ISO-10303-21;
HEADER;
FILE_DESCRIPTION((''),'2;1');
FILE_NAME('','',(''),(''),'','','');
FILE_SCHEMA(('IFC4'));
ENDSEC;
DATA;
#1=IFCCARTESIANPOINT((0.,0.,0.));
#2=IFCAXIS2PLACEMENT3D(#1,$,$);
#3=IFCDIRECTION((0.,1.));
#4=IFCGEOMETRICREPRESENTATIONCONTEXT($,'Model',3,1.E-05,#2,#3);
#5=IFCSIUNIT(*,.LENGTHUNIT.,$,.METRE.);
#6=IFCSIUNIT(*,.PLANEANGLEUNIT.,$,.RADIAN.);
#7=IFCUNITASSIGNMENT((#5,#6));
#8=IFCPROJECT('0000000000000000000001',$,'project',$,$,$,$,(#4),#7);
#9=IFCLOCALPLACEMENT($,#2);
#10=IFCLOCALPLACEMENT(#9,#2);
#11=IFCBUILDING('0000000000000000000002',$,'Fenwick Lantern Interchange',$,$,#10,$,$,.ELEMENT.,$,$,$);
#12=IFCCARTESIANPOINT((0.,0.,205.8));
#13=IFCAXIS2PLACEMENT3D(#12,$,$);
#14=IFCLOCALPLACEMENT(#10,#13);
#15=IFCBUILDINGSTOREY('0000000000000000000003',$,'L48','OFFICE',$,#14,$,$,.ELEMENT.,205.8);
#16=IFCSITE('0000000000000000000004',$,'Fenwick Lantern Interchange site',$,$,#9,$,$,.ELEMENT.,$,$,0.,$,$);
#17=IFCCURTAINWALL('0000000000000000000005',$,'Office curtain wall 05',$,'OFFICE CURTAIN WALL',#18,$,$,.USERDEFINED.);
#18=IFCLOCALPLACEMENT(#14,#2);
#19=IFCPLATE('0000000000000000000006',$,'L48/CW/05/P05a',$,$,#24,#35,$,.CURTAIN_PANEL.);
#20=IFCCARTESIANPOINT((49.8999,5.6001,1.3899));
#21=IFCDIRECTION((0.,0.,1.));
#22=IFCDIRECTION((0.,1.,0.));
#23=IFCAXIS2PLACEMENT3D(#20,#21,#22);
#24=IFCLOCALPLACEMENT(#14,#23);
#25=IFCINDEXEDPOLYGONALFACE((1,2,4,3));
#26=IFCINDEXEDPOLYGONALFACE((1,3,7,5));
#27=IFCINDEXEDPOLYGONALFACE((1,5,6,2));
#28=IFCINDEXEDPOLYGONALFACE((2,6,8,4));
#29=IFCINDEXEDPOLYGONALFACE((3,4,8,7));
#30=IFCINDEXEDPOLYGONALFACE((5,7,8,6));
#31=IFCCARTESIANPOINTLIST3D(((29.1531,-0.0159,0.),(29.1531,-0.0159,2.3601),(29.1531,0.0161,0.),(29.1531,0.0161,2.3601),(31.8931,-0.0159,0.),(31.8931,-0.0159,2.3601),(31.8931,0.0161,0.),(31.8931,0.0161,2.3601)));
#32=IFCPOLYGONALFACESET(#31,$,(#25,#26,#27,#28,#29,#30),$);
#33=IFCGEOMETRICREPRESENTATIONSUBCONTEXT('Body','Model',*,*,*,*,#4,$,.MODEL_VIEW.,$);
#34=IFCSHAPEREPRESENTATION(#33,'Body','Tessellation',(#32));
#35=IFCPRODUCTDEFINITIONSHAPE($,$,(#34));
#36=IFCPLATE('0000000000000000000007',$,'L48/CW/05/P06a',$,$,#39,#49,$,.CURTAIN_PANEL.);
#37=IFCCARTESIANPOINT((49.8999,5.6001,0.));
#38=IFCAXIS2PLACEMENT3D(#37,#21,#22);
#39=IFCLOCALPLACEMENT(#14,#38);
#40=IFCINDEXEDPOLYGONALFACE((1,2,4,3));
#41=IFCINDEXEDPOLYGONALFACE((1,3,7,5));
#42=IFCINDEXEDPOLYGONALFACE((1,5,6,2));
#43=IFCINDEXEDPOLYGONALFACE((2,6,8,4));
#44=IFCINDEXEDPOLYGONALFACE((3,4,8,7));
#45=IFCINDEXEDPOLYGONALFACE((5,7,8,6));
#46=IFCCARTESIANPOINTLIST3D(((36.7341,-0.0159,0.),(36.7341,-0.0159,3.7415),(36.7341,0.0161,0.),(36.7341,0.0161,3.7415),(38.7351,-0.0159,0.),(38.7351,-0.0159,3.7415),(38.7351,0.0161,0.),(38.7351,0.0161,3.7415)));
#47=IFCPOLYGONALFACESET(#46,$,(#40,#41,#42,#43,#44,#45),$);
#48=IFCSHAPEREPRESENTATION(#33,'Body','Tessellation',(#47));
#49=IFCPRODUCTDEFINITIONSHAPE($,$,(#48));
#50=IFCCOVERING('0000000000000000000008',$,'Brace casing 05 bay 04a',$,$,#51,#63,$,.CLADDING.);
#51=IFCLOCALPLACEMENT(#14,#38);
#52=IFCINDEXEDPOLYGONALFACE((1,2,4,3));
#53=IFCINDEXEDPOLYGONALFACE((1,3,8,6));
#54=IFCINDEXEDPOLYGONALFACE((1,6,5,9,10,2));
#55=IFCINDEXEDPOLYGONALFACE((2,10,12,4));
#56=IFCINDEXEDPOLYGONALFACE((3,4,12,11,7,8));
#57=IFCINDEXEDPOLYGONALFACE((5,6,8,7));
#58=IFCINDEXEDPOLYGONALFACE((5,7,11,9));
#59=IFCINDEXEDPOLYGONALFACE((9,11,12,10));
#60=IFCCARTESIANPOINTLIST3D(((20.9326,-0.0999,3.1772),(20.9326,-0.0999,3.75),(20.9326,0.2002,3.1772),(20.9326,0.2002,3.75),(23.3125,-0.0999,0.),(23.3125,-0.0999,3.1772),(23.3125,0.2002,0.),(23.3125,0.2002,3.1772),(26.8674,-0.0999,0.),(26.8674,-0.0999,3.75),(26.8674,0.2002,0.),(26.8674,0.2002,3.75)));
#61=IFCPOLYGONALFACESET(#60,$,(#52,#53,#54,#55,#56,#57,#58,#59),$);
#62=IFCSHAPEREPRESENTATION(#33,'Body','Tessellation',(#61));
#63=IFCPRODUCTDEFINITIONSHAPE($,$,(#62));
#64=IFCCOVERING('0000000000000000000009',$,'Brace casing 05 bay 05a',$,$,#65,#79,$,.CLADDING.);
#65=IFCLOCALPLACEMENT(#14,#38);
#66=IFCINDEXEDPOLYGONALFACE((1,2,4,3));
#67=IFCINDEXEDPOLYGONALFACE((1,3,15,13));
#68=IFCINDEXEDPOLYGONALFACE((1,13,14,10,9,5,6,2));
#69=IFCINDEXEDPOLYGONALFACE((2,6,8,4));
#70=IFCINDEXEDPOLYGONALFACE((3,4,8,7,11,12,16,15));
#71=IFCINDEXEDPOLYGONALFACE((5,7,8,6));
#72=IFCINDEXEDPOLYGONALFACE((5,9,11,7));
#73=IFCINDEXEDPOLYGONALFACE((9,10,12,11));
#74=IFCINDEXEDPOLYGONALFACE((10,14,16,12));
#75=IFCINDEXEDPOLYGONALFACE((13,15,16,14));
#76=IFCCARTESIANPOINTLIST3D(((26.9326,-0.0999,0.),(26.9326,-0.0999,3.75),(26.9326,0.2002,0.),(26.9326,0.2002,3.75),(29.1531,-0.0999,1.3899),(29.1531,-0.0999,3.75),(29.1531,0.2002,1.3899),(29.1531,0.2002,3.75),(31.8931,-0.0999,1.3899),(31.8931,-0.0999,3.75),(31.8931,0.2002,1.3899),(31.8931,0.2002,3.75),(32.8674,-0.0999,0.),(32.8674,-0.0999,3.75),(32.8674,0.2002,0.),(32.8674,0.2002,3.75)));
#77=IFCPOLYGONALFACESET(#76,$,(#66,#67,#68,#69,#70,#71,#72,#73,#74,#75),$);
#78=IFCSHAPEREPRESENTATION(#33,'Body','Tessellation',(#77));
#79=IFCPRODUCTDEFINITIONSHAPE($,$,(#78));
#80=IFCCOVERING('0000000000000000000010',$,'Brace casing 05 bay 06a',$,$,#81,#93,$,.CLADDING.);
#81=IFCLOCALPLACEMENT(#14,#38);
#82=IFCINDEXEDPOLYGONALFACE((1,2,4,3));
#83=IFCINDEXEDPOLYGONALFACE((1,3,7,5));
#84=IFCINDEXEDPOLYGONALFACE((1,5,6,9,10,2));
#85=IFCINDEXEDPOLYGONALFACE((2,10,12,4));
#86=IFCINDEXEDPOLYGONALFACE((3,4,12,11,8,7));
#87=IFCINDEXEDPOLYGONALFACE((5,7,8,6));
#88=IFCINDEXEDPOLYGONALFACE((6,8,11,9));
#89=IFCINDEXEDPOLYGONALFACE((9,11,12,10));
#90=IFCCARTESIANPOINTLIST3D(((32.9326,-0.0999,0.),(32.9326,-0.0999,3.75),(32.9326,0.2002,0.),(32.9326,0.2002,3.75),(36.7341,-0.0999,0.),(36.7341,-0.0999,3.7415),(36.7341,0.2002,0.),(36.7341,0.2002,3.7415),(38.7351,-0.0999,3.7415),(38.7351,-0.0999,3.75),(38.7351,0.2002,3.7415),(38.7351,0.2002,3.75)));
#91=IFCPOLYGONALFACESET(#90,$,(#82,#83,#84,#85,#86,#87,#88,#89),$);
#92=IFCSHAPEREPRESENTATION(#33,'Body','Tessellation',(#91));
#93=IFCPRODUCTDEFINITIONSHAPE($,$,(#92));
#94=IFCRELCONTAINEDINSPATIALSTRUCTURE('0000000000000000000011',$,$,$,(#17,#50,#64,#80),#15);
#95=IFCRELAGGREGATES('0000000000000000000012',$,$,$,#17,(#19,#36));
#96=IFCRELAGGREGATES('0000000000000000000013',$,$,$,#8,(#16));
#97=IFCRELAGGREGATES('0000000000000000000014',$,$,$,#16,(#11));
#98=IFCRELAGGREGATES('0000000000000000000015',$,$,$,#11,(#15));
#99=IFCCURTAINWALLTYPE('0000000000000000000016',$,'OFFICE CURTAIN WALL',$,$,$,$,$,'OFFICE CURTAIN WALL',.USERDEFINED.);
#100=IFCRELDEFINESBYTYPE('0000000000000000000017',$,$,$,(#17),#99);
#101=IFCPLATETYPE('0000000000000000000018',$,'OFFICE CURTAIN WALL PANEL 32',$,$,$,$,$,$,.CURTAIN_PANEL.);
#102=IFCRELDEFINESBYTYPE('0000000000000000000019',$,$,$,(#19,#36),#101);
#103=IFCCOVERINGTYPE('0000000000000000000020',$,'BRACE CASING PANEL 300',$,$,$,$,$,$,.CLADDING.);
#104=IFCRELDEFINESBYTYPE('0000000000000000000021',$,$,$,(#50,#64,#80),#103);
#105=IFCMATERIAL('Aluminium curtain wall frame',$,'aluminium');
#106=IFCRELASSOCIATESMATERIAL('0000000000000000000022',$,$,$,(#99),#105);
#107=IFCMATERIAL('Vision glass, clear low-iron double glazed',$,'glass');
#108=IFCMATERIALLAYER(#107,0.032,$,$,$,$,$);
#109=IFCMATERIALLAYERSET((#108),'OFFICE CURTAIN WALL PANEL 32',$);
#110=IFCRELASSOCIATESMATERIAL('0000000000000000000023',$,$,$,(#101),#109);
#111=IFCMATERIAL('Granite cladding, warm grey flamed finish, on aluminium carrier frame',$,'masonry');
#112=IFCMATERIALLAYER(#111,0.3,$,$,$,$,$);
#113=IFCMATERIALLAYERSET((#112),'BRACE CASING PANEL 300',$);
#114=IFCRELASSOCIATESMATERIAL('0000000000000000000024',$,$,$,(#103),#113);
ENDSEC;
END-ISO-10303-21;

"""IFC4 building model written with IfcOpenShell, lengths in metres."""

from ifc_helpers import new_model, si_unit, direction, frame, origin, place, context, subcontext, project, spatial, polyline, outline, extrude, material, layer, layer_set, type_object, element, aggregate, save


model = new_model("IFC4")

# Units and contexts
model_context = context("Model", 3, precision=1e-05, world=origin(), true_north=direction((0.0, 1.0)))
body_context = subcontext(model_context, "Body", "Model", "MODEL_VIEW")
ifc_project = project(units=[si_unit("LENGTHUNIT", "METRE"), si_unit("PLANEANGLEUNIT", "RADIAN")], contexts=[model_context])

# Site, building, storey
site_placement = place(None, origin())
site = spatial("IfcSite", under=ifc_project, at=site_placement, Name="Fenwick Lantern Interchange site", CompositionType="ELEMENT", RefElevation=0.0)
building_placement = place(site_placement, origin())
building = spatial("IfcBuilding", under=site, at=building_placement, Name="Fenwick Lantern Interchange", CompositionType="ELEMENT")
storey_placement = place(building_placement, frame((0.0, 0.0, 205.8)))
storey = spatial("IfcBuildingStorey", under=building, at=storey_placement, Name="L48", Description="OFFICE", CompositionType="ELEMENT", Elevation=205.8)

# Curtain wall, plates
ifc_material_1 = material(Name="Aluminium curtain wall frame", Category="aluminium")
curtain_wall_type = type_object("IfcCurtainWallType", Name="OFFICE CURTAIN WALL", ElementType="OFFICE CURTAIN WALL", PredefinedType="USERDEFINED", material=ifc_material_1)
curtain_wall_placement = place(storey_placement, origin())
curtain_wall = element("IfcCurtainWall", 1, at=curtain_wall_placement, inside=storey, type_object=curtain_wall_type, Name="Office curtain wall 05", ObjectType="OFFICE CURTAIN WALL", PredefinedType="USERDEFINED")
ifc_material_2 = material(Name="Vision glass, clear low-iron double glazed", Category="glass")
ifc_layer_1 = layer(ifc_material_2, 0.032)
ifc_layer_set_1 = layer_set([ifc_layer_1], Name="OFFICE CURTAIN WALL PANEL 32")
plate_type = type_object("IfcPlateType", Name="OFFICE CURTAIN WALL PANEL 32", PredefinedType="CURTAIN_PANEL", material=ifc_layer_set_1)
plate_1_placement = place(storey_placement, frame((49.8999, 5.6001, 1.3899), z_axis=(0.0, 0.0, 1.0), x_axis=(0.0, 1.0, 0.0)))
plate_1 = element("IfcPlate", 2, at=plate_1_placement, type_object=plate_type, Name="L48/CW/05/P05a", PredefinedType="CURTAIN_PANEL", context=body_context, shape_type="SweptSolid", body=[
    extrude(outline(polyline([(29.1531, 0.0), (31.8931, 0.0), (31.8931, 2.3601), (29.1531, 2.3601), (29.1531, 0.0)])), frame((0.0, 0.0161, 0.0), z_axis=(0.0, -1.0, 0.0), x_axis=(1.0, 0.0, 0.0)), (0.0, 0.0, 1.0), 0.032),
])
plate_2_placement = place(storey_placement, frame((49.8999, 5.6001, 0.0), z_axis=(0.0, 0.0, 1.0), x_axis=(0.0, 1.0, 0.0)))
plate_2 = element("IfcPlate", 3, at=plate_2_placement, type_object=plate_type, Name="L48/CW/05/P06a", PredefinedType="CURTAIN_PANEL", context=body_context, shape_type="SweptSolid", body=[
    extrude(outline(polyline([(36.7341, 0.0), (38.7351, 0.0), (38.7351, 3.7415), (36.7341, 3.7415), (36.7341, 0.0)])), frame((0.0, 0.0161, 0.0), z_axis=(0.0, -1.0, 0.0), x_axis=(1.0, 0.0, 0.0)), (0.0, 0.0, 1.0), 0.032),
])
aggregate(curtain_wall, [plate_1, plate_2])

# Coverings
ifc_material_3 = material(Name="Granite cladding, warm grey flamed finish, on aluminium carrier frame", Category="masonry")
ifc_layer_2 = layer(ifc_material_3, 0.3)
ifc_layer_set_2 = layer_set([ifc_layer_2], Name="BRACE CASING PANEL 300")
covering_type = type_object("IfcCoveringType", Name="BRACE CASING PANEL 300", PredefinedType="CLADDING", material=ifc_layer_set_2)
covering_1_placement = place(storey_placement, frame((49.8999, 5.6001, 0.0), z_axis=(0.0, 0.0, 1.0), x_axis=(0.0, 1.0, 0.0)))
element("IfcCovering", 4, at=covering_1_placement, inside=storey, type_object=covering_type, Name="Brace casing 05 bay 04a", PredefinedType="CLADDING", context=body_context, shape_type="SweptSolid", body=[
    extrude(outline(polyline([(23.3125, 0.0), (26.8674, 0.0), (26.8674, 3.75), (20.9326, 3.75), (20.9326, 3.1772), (23.3125, 3.1772), (23.3125, 0.0)])), frame((0.0, 0.2002, 0.0), z_axis=(0.0, -1.0, 0.0), x_axis=(1.0, 0.0, 0.0)), (0.0, 0.0, 1.0), 0.3),
])
covering_2_placement = place(storey_placement, frame((49.8999, 5.6001, 0.0), z_axis=(0.0, 0.0, 1.0), x_axis=(0.0, 1.0, 0.0)))
element("IfcCovering", 5, at=covering_2_placement, inside=storey, type_object=covering_type, Name="Brace casing 05 bay 05a", PredefinedType="CLADDING", context=body_context, shape_type="SweptSolid", body=[
    extrude(outline(polyline([(26.9326, 0.0), (32.8674, 0.0), (32.8674, 3.75), (31.8931, 3.75), (31.8931, 1.3899), (29.1531, 1.3899), (29.1531, 3.75), (26.9326, 3.75), (26.9326, 0.0)])), frame((0.0, 0.2002, 0.0), z_axis=(0.0, -1.0, 0.0), x_axis=(1.0, 0.0, 0.0)), (0.0, 0.0, 1.0), 0.3),
])
covering_3_placement = place(storey_placement, frame((49.8999, 5.6001, 0.0), z_axis=(0.0, 0.0, 1.0), x_axis=(0.0, 1.0, 0.0)))
element("IfcCovering", 6, at=covering_3_placement, inside=storey, type_object=covering_type, Name="Brace casing 05 bay 06a", PredefinedType="CLADDING", context=body_context, shape_type="SweptSolid", body=[
    extrude(outline(polyline([(32.9326, 0.0), (36.7341, 0.0), (36.7341, 3.7415), (38.7351, 3.7415), (38.7351, 3.75), (32.9326, 3.75), (32.9326, 0.0)])), frame((0.0, 0.2002, 0.0), z_axis=(0.0, -1.0, 0.0), x_axis=(1.0, 0.0, 0.0)), (0.0, 0.0, 1.0), 0.3),
])

save(model, "model.ifc")
